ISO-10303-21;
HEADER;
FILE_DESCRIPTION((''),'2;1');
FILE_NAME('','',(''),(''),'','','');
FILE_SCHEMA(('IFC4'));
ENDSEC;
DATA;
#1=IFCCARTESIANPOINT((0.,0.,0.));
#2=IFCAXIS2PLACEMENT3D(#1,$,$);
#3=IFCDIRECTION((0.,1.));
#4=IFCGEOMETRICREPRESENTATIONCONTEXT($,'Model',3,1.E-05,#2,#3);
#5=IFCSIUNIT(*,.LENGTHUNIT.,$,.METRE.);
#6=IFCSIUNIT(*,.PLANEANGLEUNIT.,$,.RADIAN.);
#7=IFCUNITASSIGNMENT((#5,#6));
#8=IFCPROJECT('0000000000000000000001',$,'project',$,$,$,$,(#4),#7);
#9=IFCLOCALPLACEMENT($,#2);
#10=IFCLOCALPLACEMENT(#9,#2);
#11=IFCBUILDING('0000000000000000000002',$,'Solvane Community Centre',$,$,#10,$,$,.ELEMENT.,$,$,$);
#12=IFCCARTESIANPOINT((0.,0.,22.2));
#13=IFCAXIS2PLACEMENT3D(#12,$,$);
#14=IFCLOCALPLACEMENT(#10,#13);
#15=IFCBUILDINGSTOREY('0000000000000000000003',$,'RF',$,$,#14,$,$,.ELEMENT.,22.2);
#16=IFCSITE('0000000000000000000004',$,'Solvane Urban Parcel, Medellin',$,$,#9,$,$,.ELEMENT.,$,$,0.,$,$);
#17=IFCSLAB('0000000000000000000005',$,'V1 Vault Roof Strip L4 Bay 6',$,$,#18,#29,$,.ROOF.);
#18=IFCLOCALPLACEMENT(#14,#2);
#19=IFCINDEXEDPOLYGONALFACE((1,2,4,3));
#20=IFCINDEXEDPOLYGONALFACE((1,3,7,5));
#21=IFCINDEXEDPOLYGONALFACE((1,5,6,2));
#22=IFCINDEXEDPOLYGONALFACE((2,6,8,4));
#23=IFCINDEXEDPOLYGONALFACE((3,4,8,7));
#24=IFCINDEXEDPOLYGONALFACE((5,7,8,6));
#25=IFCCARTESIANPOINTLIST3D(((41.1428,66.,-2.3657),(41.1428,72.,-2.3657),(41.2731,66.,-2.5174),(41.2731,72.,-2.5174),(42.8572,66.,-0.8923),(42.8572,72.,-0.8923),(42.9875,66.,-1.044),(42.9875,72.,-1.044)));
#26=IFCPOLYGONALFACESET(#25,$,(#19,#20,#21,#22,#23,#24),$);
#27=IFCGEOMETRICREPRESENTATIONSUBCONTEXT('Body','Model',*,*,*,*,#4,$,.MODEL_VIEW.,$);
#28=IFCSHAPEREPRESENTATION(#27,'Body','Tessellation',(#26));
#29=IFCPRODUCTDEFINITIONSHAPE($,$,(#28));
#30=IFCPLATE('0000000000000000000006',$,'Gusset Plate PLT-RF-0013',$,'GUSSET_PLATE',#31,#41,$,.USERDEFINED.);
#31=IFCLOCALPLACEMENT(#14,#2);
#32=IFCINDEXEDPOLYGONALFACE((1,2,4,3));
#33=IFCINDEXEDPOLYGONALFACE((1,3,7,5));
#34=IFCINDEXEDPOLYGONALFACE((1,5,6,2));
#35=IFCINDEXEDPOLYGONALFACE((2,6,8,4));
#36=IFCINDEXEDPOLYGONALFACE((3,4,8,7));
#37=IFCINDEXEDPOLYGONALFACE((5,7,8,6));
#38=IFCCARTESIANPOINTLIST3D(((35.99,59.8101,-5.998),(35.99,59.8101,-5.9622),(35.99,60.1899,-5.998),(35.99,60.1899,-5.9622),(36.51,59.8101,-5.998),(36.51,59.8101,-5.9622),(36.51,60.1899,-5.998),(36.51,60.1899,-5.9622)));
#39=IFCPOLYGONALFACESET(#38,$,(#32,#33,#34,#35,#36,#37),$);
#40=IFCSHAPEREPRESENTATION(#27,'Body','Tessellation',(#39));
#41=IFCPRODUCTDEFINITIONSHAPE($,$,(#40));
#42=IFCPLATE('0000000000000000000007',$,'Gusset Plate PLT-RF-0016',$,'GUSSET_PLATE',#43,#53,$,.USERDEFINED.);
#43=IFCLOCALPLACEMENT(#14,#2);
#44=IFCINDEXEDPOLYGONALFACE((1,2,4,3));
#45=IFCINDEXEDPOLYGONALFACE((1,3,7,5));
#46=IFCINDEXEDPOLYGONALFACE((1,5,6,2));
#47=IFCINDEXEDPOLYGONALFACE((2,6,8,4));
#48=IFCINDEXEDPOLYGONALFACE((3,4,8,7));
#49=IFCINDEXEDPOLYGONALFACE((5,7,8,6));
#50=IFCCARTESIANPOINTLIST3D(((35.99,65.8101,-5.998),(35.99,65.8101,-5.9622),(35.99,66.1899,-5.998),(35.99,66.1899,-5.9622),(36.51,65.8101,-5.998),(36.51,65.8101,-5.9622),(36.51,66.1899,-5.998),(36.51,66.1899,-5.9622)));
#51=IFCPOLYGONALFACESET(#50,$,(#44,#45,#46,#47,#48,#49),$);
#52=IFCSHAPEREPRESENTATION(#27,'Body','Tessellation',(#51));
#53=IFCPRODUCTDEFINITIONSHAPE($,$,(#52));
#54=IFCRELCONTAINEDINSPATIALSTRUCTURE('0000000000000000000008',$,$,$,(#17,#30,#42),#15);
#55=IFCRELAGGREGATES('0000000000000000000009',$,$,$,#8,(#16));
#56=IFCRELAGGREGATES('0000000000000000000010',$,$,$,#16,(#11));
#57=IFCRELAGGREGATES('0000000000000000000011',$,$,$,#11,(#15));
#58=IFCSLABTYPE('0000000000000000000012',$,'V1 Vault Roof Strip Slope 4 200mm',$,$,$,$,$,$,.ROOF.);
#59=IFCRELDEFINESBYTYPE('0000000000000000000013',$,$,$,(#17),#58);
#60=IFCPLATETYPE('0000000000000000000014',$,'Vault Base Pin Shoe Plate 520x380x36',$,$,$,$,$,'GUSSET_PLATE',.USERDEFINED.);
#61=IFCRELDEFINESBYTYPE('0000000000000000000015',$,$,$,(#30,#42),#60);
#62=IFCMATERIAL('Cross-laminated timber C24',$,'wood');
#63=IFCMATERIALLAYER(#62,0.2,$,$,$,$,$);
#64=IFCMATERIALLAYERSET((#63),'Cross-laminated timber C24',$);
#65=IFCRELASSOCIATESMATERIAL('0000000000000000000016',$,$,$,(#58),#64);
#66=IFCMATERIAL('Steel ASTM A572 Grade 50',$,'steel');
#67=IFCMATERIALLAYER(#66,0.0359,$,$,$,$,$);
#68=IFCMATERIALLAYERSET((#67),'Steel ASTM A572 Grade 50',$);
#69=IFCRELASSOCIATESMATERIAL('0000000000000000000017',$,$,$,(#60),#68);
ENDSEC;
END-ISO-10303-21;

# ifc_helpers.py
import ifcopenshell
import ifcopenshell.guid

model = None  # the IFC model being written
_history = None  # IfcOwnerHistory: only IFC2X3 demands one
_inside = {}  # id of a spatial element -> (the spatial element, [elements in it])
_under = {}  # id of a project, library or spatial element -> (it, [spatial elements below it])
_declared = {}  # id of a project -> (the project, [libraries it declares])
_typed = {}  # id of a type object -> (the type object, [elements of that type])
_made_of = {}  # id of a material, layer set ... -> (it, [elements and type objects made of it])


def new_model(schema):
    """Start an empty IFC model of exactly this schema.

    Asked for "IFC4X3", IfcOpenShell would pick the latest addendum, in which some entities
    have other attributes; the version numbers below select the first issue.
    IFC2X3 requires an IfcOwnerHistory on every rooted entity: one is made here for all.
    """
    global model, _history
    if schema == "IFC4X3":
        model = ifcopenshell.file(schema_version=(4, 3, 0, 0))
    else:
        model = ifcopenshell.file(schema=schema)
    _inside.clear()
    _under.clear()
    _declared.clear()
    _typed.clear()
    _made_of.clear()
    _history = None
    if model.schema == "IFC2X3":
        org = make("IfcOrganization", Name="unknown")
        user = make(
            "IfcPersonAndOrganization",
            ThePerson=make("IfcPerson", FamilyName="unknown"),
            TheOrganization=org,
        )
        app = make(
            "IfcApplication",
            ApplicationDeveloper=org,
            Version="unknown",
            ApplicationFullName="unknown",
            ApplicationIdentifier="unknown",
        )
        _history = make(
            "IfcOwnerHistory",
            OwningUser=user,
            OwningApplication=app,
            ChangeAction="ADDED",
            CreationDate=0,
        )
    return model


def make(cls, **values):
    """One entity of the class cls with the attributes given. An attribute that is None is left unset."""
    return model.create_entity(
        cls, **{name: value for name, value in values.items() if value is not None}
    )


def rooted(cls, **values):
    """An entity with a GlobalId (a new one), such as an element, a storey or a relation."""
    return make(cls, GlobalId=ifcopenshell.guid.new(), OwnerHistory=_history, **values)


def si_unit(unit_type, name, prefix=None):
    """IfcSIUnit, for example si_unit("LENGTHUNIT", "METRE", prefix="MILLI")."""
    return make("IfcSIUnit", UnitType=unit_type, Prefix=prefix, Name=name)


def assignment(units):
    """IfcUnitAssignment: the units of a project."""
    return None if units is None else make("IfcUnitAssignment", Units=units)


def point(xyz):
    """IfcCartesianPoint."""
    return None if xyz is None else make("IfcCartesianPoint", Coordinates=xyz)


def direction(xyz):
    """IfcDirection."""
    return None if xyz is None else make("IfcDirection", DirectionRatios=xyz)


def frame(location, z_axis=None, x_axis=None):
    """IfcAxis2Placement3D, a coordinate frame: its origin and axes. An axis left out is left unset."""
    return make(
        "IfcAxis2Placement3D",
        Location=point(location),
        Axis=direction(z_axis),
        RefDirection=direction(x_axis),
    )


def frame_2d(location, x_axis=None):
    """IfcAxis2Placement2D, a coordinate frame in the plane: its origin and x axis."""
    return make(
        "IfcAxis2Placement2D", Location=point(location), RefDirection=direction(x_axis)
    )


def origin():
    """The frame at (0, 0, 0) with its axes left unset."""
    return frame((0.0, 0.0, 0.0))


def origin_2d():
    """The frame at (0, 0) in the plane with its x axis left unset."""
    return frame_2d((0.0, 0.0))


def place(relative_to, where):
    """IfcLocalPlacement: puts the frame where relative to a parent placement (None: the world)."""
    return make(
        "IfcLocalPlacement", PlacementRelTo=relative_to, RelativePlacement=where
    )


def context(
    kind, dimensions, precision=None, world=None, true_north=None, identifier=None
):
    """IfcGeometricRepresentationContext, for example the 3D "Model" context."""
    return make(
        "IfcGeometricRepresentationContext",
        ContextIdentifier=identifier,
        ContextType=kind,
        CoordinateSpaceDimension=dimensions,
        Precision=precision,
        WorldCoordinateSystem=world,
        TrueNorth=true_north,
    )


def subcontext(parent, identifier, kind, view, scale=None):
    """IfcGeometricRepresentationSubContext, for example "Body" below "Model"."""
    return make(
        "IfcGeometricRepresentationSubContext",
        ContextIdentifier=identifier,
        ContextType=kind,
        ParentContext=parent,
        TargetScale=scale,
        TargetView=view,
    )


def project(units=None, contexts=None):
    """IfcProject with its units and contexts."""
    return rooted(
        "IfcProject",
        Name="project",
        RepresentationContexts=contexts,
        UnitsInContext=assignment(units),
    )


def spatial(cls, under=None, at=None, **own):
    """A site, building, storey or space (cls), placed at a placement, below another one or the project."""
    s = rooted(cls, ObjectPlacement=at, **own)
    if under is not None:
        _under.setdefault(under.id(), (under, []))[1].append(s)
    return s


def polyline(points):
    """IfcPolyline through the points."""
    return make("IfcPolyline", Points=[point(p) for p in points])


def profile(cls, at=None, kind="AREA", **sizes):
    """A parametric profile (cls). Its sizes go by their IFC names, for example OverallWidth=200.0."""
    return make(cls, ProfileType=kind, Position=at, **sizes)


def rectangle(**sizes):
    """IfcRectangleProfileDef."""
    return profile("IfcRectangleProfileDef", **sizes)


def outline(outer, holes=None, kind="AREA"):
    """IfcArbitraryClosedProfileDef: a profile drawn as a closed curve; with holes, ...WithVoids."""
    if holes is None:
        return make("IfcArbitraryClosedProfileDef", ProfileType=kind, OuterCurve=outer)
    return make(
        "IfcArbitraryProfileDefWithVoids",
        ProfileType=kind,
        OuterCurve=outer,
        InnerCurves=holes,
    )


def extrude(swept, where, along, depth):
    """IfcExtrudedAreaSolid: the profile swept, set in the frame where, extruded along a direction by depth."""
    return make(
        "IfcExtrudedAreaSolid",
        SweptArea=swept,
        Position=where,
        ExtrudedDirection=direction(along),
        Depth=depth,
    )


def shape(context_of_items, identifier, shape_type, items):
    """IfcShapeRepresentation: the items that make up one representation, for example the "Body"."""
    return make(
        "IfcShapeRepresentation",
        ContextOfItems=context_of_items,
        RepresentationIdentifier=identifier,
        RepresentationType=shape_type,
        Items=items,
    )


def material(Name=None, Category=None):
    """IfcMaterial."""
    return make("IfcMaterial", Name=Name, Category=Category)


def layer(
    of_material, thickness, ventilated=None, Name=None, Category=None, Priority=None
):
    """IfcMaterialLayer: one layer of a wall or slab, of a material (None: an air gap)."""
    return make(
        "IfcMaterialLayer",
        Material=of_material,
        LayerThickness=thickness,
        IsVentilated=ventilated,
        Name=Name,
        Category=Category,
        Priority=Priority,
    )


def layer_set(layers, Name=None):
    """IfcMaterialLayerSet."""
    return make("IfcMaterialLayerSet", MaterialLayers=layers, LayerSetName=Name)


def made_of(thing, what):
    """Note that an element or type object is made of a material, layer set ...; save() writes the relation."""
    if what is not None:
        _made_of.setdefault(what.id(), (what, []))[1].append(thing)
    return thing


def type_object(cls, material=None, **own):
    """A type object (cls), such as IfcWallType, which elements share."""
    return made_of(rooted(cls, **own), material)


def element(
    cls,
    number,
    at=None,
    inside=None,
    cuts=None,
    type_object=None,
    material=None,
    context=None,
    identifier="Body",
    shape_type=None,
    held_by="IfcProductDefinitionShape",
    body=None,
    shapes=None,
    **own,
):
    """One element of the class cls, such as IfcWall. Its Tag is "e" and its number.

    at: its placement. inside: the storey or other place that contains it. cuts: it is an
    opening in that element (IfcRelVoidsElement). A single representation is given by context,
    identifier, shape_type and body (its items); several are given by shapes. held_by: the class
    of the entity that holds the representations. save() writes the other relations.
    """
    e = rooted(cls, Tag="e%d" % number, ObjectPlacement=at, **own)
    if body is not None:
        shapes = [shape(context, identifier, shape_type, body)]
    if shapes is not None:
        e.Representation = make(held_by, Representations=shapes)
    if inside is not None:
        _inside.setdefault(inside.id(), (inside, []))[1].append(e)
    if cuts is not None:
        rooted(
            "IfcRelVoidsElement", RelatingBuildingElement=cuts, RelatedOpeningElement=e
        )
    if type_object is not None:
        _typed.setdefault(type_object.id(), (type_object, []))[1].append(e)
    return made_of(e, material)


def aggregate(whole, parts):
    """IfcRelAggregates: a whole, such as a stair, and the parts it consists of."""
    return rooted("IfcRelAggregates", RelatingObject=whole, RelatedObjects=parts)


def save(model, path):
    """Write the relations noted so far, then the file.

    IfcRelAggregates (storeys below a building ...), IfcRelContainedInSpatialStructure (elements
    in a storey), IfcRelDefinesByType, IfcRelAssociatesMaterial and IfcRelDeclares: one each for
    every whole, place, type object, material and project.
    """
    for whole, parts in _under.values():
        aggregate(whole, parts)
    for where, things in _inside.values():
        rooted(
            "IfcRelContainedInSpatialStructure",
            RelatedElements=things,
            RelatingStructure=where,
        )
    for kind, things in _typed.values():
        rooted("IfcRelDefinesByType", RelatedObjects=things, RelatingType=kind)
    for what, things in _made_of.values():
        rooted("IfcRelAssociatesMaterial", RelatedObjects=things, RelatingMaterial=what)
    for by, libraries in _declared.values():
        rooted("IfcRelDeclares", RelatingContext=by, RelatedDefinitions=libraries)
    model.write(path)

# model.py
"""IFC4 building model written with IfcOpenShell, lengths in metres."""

from ifc_helpers import new_model, si_unit, direction, frame, origin, origin_2d, place, context, subcontext, project, spatial, polyline, rectangle, outline, extrude, material, layer, layer_set, type_object, element, save


model = new_model("IFC4")

# Units and contexts
model_context = context("Model", 3, precision=1e-05, world=origin(), true_north=direction((0.0, 1.0)))
body_context = subcontext(model_context, "Body", "Model", "MODEL_VIEW")
ifc_project = project(units=[si_unit("LENGTHUNIT", "METRE"), si_unit("PLANEANGLEUNIT", "RADIAN")], contexts=[model_context])

# Site, building, storey
site_placement = place(None, origin())
site = spatial("IfcSite", under=ifc_project, at=site_placement, Name="Solvane Urban Parcel, Medellin", CompositionType="ELEMENT", RefElevation=0.0)
building_placement = place(site_placement, origin())
building = spatial("IfcBuilding", under=site, at=building_placement, Name="Solvane Community Centre", CompositionType="ELEMENT")
storey_placement = place(building_placement, frame((0.0, 0.0, 22.2)))
storey = spatial("IfcBuildingStorey", under=building, at=storey_placement, Name="RF", CompositionType="ELEMENT", Elevation=22.2)

# Shared definitions
ifc_material_1 = material(Name="Steel ASTM A572 Grade 50", Category="steel")

# Slab
ifc_material_2 = material(Name="Cross-laminated timber C24", Category="wood")
ifc_layer_1 = layer(ifc_material_2, 0.2)
ifc_layer_set_1 = layer_set([ifc_layer_1], Name="Cross-laminated timber C24")
slab_type_1 = type_object("IfcSlabType", Name="V1 Vault Roof Strip Slope 4 200mm", PredefinedType="ROOF", material=ifc_layer_set_1)
for number, where, z_axis, x_axis, name in (
    (1, (41.1428, 66.0, -2.3657), (-0.651796, 0.0, 0.758394), (0.758394, 0.0, 0.651796), "V1 Vault Roof Strip L4 Bay 6"),
):
    element("IfcSlab", number, at=place(storey_placement, frame(where, z_axis=z_axis, x_axis=x_axis)), inside=storey, type_object=slab_type_1, Name=name, PredefinedType="ROOF", context=body_context, shape_type="SweptSolid", body=[
        extrude(outline(polyline([(0.0, 0.0), (2.2605, 0.0), (2.2605, 6.0), (0.0, 6.0), (0.0, 0.0)])), origin(), (0.0, 0.0, -1.0), 0.2),
    ])

# Plates
ifc_layer_2 = layer(ifc_material_1, 0.0359)
ifc_layer_set_2 = layer_set([ifc_layer_2], Name="Steel ASTM A572 Grade 50")
plate_type_1 = type_object("IfcPlateType", Name="Vault Base Pin Shoe Plate 520x380x36", ElementType="GUSSET_PLATE", PredefinedType="USERDEFINED", material=ifc_layer_set_2)
for number, where, z_axis, x_axis, name in (
    (2, (36.25, 60.0, -5.998), (0.0, 0.0, 1.0), (1.0, 0.0, 0.0), "Gusset Plate PLT-RF-0013"),
    (3, (36.25, 66.0, -5.998), (0.0, 0.0, 1.0), (1.0, 0.0, 0.0), "Gusset Plate PLT-RF-0016"),
):
    element("IfcPlate", number, at=place(storey_placement, frame(where, z_axis=z_axis, x_axis=x_axis)), inside=storey, type_object=plate_type_1, Name=name, ObjectType="GUSSET_PLATE", PredefinedType="USERDEFINED", context=body_context, shape_type="SweptSolid", body=[
        extrude(rectangle(XDim=0.52, YDim=0.3799, at=origin_2d()), origin(), (0.0, 0.0, 1.0), 0.0359),
    ])

save(model, "model.ifc")
